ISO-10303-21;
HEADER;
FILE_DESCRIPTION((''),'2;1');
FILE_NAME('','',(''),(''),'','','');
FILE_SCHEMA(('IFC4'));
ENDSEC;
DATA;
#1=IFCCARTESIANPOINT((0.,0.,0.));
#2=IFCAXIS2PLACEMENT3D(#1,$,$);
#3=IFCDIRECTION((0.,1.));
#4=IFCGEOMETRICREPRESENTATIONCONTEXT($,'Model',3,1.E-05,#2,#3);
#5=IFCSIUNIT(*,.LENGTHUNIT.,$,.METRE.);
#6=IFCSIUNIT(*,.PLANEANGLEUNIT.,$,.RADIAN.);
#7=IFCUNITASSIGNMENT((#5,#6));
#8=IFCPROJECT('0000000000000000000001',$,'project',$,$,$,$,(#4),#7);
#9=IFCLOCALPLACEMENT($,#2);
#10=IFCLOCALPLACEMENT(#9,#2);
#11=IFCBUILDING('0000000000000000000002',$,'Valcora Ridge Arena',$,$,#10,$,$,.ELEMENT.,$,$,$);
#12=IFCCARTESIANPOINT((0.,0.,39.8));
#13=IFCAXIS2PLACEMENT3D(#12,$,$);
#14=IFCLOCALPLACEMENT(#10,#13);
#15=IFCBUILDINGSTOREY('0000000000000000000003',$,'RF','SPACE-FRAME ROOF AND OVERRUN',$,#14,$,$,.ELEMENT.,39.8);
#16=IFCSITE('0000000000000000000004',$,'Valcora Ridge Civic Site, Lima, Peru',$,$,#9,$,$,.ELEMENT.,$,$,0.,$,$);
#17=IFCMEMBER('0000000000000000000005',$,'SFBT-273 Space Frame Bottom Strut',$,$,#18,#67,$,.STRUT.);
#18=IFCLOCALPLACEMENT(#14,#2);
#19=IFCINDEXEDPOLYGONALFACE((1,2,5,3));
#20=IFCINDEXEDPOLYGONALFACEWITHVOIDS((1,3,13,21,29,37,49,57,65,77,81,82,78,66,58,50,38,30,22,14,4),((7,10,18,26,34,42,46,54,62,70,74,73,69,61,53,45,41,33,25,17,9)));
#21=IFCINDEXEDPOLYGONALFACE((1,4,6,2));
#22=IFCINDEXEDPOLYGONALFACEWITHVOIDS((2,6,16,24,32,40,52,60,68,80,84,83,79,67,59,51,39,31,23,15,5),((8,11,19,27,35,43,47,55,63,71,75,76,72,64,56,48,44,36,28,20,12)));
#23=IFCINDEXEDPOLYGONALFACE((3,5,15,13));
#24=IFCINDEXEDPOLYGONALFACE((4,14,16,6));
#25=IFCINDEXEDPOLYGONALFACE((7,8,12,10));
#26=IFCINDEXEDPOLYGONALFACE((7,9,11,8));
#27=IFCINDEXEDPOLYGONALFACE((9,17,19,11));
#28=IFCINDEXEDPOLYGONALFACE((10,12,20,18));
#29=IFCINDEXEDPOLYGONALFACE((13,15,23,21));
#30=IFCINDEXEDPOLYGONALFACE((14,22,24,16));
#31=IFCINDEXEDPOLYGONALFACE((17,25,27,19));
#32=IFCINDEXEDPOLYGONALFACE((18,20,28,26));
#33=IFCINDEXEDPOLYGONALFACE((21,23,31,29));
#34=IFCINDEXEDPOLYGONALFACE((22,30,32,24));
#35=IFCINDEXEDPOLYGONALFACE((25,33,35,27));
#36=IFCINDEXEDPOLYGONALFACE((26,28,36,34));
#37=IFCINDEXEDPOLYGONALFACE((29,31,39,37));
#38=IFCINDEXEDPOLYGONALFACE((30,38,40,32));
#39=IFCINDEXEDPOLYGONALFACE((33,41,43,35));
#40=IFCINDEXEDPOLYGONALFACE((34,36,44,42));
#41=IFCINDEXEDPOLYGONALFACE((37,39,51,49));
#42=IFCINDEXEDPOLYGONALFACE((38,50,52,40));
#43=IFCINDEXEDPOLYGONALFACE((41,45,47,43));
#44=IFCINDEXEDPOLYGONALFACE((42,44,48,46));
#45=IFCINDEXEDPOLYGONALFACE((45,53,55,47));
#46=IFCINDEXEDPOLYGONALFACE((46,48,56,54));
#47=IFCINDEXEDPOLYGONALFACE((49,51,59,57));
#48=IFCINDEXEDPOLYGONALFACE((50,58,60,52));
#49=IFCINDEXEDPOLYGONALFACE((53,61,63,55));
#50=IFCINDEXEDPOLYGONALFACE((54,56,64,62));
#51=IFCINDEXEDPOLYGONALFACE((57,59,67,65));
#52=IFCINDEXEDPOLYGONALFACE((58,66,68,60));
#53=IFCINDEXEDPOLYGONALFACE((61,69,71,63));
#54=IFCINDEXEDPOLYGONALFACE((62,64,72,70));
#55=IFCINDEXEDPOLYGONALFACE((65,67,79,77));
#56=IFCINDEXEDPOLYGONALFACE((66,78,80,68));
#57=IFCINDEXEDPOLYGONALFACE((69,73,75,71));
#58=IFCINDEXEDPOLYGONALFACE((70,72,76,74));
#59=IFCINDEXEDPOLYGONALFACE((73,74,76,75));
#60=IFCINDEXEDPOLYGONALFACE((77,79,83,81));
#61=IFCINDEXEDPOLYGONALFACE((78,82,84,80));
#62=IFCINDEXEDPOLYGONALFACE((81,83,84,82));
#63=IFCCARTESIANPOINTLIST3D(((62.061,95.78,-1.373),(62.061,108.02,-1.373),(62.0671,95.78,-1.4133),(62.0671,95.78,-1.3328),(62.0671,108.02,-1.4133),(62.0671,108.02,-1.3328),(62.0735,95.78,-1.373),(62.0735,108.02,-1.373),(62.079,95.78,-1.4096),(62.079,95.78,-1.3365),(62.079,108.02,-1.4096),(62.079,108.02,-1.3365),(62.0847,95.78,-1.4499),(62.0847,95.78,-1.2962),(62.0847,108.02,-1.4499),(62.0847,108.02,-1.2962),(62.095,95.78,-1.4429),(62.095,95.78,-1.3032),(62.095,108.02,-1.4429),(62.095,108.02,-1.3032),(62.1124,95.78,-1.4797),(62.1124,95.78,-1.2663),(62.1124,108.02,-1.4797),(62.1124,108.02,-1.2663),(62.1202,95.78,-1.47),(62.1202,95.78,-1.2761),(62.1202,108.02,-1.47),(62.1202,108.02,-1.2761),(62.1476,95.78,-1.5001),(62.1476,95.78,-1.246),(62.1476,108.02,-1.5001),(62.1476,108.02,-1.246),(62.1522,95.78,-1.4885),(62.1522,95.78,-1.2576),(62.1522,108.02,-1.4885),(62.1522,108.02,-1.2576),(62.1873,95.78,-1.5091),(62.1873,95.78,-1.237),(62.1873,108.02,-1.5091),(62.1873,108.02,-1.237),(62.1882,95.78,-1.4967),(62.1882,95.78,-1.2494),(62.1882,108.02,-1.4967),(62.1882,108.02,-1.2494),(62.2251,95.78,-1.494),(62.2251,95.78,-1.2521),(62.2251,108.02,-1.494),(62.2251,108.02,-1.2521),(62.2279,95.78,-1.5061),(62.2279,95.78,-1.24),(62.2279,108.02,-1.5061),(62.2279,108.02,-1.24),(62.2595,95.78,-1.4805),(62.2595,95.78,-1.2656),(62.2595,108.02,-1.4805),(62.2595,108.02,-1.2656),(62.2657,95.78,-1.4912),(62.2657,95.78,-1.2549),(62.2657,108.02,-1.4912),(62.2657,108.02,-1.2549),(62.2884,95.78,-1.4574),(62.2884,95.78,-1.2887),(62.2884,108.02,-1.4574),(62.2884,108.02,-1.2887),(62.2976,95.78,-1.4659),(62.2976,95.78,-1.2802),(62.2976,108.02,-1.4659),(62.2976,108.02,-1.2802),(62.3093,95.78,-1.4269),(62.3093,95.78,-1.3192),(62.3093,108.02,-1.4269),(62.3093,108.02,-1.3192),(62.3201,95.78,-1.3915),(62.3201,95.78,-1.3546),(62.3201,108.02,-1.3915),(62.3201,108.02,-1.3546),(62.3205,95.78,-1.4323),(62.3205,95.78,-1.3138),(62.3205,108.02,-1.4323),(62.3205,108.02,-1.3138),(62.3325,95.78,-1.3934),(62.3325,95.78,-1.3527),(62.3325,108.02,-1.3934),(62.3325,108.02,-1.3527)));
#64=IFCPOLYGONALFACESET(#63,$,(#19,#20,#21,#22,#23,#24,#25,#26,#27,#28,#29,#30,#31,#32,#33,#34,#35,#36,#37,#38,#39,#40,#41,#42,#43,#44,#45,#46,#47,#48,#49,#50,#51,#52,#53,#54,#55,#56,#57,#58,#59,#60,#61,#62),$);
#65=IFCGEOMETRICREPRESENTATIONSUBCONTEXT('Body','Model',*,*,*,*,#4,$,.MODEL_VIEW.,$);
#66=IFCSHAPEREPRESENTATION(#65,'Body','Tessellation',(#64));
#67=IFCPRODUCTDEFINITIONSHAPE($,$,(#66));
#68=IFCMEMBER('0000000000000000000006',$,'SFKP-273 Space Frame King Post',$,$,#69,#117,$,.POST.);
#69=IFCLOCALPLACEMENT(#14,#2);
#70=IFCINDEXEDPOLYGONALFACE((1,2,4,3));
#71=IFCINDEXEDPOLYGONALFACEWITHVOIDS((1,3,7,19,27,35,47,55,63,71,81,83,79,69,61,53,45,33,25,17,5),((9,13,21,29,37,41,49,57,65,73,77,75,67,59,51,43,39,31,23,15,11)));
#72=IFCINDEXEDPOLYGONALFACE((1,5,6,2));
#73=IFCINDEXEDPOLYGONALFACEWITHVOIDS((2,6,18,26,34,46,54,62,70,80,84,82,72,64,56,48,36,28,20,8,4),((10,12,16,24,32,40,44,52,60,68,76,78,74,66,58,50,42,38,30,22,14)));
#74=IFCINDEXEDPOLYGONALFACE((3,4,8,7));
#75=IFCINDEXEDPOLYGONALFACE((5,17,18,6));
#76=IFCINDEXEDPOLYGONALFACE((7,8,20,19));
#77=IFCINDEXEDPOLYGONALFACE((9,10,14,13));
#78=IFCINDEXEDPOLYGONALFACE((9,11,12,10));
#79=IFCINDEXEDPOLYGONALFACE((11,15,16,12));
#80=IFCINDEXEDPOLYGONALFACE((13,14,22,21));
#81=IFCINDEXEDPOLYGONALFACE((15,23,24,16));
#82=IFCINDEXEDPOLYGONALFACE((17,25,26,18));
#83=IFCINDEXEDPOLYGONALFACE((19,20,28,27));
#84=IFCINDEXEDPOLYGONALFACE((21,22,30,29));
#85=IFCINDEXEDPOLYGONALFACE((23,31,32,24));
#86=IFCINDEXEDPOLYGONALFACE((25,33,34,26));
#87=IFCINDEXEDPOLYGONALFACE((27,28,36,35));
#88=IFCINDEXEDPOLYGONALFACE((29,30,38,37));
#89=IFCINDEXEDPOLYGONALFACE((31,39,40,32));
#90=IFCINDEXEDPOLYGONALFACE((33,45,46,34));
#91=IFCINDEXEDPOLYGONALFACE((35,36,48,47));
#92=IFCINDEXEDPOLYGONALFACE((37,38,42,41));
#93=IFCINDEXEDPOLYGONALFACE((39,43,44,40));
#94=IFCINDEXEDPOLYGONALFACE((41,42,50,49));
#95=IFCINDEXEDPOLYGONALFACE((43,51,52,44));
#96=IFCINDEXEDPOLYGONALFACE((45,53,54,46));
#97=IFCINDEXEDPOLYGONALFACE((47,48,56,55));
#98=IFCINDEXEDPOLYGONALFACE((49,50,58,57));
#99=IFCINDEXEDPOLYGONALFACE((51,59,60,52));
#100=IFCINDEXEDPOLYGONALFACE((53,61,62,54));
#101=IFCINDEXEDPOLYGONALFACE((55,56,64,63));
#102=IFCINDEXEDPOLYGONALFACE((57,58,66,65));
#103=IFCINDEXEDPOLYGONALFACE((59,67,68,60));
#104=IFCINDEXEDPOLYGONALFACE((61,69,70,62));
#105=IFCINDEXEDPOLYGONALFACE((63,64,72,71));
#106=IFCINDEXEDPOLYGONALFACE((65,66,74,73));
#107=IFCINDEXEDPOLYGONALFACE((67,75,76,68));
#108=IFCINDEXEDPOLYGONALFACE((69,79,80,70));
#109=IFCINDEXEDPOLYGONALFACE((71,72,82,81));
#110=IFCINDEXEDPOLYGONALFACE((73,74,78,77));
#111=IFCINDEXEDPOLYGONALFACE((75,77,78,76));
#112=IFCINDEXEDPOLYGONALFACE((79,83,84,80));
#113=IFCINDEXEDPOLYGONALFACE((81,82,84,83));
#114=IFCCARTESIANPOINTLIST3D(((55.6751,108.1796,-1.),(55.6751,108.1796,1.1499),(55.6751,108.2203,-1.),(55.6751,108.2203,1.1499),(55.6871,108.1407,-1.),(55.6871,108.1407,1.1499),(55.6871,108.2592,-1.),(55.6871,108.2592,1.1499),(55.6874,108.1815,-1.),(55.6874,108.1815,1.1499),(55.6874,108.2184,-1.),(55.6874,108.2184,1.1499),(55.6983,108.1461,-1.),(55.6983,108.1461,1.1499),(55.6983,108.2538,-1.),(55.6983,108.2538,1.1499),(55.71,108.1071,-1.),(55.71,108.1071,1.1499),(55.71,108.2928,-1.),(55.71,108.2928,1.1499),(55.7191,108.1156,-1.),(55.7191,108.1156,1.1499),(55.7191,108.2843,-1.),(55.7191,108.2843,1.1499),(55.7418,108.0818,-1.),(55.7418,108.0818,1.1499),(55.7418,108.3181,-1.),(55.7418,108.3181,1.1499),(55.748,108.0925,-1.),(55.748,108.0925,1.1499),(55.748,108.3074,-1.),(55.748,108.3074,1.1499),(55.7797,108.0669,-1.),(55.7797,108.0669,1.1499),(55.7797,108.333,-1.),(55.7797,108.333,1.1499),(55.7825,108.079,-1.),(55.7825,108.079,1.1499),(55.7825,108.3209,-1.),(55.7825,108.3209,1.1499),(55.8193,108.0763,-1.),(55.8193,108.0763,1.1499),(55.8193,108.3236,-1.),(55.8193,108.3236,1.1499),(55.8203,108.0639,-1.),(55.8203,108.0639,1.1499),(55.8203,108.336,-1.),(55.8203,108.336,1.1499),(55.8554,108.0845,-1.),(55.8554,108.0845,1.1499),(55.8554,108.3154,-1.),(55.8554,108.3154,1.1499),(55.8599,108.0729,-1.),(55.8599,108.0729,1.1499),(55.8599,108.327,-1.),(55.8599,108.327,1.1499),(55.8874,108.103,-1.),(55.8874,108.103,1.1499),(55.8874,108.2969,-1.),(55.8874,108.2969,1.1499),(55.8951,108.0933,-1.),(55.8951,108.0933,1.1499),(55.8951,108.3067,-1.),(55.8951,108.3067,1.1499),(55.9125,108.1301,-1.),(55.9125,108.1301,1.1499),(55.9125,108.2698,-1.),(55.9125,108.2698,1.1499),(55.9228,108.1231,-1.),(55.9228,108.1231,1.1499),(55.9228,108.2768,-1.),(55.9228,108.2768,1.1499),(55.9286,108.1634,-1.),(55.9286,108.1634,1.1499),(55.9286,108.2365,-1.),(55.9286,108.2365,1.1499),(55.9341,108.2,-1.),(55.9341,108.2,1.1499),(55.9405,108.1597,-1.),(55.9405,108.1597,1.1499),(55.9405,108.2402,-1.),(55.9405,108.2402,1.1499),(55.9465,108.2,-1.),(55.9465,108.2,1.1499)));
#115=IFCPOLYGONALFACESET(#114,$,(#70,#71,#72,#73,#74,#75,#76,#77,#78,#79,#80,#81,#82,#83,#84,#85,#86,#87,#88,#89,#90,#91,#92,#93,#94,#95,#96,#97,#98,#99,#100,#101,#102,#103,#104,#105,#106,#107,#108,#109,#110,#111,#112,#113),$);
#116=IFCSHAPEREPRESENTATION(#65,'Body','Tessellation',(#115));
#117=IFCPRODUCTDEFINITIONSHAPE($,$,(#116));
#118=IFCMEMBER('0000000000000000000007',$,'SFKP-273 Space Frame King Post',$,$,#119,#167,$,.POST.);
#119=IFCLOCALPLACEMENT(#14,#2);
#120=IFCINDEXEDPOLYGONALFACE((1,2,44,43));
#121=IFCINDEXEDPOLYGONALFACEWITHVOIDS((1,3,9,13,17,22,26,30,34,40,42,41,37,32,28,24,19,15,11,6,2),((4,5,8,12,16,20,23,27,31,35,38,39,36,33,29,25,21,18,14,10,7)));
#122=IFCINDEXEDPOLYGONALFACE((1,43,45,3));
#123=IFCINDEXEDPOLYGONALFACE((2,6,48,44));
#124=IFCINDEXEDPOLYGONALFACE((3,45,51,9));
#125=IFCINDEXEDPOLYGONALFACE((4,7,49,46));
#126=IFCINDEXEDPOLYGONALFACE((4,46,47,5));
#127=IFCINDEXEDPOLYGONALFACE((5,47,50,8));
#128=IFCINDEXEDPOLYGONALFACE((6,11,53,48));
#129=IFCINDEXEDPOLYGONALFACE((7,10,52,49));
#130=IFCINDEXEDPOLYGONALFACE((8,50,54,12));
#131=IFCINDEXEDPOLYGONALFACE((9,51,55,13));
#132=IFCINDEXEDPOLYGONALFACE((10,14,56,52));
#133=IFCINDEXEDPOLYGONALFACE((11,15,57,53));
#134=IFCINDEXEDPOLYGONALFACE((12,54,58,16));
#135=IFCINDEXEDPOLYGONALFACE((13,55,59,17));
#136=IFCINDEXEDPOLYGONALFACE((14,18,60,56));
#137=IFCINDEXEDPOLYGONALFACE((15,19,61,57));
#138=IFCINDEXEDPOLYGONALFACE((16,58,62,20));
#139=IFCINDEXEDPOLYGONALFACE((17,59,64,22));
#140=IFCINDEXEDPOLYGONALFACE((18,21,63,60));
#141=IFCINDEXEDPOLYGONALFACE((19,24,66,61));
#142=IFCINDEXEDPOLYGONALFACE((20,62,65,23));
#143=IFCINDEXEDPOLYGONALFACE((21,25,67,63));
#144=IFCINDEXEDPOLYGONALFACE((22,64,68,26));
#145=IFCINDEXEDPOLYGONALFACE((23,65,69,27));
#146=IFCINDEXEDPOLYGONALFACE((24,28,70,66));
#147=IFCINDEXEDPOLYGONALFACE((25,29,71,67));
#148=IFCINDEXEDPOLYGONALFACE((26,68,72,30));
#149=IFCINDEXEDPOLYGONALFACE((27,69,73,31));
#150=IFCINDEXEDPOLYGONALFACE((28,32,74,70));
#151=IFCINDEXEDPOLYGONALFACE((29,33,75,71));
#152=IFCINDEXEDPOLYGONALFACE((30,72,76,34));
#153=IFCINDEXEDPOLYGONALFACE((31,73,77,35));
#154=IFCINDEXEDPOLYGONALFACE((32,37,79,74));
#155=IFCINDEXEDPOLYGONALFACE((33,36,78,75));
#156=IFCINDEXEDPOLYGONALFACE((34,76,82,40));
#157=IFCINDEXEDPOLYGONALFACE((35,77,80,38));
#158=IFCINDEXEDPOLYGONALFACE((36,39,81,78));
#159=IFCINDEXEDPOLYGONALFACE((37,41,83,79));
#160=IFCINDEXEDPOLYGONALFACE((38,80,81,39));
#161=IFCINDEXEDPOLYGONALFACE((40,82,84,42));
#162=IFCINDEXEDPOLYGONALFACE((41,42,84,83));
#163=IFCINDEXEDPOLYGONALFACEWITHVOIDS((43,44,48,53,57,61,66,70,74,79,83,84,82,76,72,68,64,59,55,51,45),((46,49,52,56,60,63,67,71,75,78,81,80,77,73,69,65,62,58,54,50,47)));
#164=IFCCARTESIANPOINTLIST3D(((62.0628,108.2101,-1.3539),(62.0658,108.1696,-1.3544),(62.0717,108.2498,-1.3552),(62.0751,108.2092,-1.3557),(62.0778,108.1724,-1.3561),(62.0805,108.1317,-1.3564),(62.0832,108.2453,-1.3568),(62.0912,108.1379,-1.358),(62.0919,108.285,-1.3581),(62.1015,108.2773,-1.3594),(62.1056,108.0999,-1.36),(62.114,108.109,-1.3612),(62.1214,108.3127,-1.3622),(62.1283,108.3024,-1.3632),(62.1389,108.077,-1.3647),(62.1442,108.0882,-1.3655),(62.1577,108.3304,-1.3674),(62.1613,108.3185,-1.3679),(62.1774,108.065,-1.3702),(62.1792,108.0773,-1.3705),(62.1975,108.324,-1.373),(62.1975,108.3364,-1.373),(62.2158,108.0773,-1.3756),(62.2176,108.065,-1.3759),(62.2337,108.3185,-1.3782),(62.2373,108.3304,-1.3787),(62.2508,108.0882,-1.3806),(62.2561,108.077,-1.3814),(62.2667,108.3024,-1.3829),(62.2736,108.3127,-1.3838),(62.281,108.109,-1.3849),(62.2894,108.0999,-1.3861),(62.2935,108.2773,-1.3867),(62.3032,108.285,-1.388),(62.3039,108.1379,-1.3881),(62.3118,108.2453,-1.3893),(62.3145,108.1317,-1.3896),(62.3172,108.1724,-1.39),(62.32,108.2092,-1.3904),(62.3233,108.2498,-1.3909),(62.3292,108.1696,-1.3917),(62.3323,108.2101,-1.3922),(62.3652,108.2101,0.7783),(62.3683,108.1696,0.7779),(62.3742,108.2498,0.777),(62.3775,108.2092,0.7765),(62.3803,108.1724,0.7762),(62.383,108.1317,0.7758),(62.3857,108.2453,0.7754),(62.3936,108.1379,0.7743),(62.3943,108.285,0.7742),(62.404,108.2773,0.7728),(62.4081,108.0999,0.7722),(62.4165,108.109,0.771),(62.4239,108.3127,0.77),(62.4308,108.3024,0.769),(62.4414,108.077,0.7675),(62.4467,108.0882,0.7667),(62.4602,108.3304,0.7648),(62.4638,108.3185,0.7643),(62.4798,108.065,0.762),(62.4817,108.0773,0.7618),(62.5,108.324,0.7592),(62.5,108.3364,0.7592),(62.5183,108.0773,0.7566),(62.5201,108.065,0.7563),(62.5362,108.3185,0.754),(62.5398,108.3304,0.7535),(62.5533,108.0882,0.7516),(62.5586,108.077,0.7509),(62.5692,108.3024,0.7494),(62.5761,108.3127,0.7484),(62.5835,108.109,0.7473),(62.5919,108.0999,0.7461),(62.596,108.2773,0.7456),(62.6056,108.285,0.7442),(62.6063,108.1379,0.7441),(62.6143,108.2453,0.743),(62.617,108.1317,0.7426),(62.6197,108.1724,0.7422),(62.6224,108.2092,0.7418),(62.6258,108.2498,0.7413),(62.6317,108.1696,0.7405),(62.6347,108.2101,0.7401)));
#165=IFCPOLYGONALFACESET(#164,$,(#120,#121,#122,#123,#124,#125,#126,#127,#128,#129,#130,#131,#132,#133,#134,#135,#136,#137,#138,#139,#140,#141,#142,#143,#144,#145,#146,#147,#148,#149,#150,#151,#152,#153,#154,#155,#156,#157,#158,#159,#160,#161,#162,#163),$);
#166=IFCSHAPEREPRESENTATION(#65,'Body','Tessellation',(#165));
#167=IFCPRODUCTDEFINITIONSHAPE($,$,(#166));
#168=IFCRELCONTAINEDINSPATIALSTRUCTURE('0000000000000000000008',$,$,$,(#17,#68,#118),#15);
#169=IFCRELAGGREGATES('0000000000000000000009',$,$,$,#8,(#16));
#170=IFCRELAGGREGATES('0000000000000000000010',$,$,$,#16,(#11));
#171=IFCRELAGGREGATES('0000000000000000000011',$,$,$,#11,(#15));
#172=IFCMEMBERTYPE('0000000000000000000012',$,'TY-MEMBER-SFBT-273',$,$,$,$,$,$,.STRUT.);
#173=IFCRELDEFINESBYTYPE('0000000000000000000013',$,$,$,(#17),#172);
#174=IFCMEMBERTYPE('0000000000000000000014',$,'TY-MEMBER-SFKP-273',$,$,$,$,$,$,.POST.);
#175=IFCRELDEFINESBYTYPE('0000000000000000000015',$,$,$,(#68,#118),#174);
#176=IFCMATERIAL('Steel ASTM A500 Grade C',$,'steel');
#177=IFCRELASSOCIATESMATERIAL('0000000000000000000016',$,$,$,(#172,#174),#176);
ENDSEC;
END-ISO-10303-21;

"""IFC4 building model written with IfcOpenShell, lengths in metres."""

from ifc_helpers import new_model, si_unit, direction, frame, origin, origin_2d, place, context, subcontext, project, spatial, hollow_circle, extrude, material, material_profile, profile_set, type_object, element, save


model = new_model("IFC4")

# Units and contexts
model_context = context("Model", 3, precision=1e-05, world=origin(), true_north=direction((0.0, 1.0)))
body_context = subcontext(model_context, "Body", "Model", "MODEL_VIEW")
ifc_project = project(units=[si_unit("LENGTHUNIT", "METRE"), si_unit("PLANEANGLEUNIT", "RADIAN")], contexts=[model_context])

# Site, building, storey
site_placement = place(None, origin())
site = spatial("IfcSite", under=ifc_project, at=site_placement, Name="Valcora Ridge Civic Site, Lima, Peru", CompositionType="ELEMENT", RefElevation=0.0)
building_placement = place(site_placement, origin())
building = spatial("IfcBuilding", under=site, at=building_placement, Name="Valcora Ridge Arena", CompositionType="ELEMENT")
storey_placement = place(building_placement, frame((0.0, 0.0, 39.8)))
storey = spatial("IfcBuildingStorey", under=building, at=storey_placement, Name="RF", Description="SPACE-FRAME ROOF AND OVERRUN", CompositionType="ELEMENT", Elevation=39.8)

# Members
ifc_material_1 = material(Name="Steel ASTM A500 Grade C", Category="steel")
ifc_material_profile_1 = material_profile(ifc_material_1, hollow_circle(Radius=0.1365, WallThickness=0.0125, at=origin_2d()), Name="CHS273X12")
ifc_profile_set_1 = profile_set([ifc_material_profile_1], Name="Steel ASTM A500 Grade C")
member_type_1 = type_object("IfcMemberType", Name="TY-MEMBER-SFBT-273", PredefinedType="STRUT", material=ifc_profile_set_1)
member_1_placement = place(storey_placement, frame((62.1975, 95.78, -1.373), z_axis=(0.0, 1.0, 0.0), x_axis=(-1.0, 0.0, 0.0)))
element("IfcMember", 1, at=member_1_placement, inside=storey, type_object=member_type_1, Name="SFBT-273 Space Frame Bottom Strut", PredefinedType="STRUT", context=body_context, shape_type="SweptSolid", body=[
    extrude(hollow_circle(Radius=0.1365, WallThickness=0.0125, at=origin_2d()), origin(), (0.0, 0.0, 1.0), 12.24),
])
ifc_material_profile_2 = material_profile(ifc_material_1, hollow_circle(Radius=0.1365, WallThickness=0.0125, at=origin_2d()), Name="CHS273X12")
ifc_profile_set_2 = profile_set([ifc_material_profile_2], Name="Steel ASTM A500 Grade C")
member_type_2 = type_object("IfcMemberType", Name="TY-MEMBER-SFKP-273", PredefinedType="POST", material=ifc_profile_set_2)
member_2_placement = place(storey_placement, frame((55.8101, 108.2, -1.0), z_axis=(0.0, 0.0, 1.0), x_axis=(1.0, 0.0, 0.0)))
element("IfcMember", 2, at=member_2_placement, inside=storey, type_object=member_type_2, Name="SFKP-273 Space Frame King Post", PredefinedType="POST", context=body_context, shape_type="SweptSolid", body=[
    extrude(hollow_circle(Radius=0.1365, WallThickness=0.0125, at=origin_2d()), origin(), (0.0, 0.0, 1.0), 2.1499),
])
member_3_placement = place(storey_placement, frame((62.1975, 108.2, -1.373), z_axis=(0.140453, 0.0, 0.990087), x_axis=(0.0, 1.0, 0.0)))
element("IfcMember", 3, at=member_3_placement, inside=storey, type_object=member_type_2, Name="SFKP-273 Space Frame King Post", PredefinedType="POST", context=body_context, shape_type="SweptSolid", body=[
    extrude(hollow_circle(Radius=0.1365, WallThickness=0.0125, at=origin_2d()), origin(), (0.0, 0.0, 1.0), 2.1536),
])

save(model, "model.ifc")
